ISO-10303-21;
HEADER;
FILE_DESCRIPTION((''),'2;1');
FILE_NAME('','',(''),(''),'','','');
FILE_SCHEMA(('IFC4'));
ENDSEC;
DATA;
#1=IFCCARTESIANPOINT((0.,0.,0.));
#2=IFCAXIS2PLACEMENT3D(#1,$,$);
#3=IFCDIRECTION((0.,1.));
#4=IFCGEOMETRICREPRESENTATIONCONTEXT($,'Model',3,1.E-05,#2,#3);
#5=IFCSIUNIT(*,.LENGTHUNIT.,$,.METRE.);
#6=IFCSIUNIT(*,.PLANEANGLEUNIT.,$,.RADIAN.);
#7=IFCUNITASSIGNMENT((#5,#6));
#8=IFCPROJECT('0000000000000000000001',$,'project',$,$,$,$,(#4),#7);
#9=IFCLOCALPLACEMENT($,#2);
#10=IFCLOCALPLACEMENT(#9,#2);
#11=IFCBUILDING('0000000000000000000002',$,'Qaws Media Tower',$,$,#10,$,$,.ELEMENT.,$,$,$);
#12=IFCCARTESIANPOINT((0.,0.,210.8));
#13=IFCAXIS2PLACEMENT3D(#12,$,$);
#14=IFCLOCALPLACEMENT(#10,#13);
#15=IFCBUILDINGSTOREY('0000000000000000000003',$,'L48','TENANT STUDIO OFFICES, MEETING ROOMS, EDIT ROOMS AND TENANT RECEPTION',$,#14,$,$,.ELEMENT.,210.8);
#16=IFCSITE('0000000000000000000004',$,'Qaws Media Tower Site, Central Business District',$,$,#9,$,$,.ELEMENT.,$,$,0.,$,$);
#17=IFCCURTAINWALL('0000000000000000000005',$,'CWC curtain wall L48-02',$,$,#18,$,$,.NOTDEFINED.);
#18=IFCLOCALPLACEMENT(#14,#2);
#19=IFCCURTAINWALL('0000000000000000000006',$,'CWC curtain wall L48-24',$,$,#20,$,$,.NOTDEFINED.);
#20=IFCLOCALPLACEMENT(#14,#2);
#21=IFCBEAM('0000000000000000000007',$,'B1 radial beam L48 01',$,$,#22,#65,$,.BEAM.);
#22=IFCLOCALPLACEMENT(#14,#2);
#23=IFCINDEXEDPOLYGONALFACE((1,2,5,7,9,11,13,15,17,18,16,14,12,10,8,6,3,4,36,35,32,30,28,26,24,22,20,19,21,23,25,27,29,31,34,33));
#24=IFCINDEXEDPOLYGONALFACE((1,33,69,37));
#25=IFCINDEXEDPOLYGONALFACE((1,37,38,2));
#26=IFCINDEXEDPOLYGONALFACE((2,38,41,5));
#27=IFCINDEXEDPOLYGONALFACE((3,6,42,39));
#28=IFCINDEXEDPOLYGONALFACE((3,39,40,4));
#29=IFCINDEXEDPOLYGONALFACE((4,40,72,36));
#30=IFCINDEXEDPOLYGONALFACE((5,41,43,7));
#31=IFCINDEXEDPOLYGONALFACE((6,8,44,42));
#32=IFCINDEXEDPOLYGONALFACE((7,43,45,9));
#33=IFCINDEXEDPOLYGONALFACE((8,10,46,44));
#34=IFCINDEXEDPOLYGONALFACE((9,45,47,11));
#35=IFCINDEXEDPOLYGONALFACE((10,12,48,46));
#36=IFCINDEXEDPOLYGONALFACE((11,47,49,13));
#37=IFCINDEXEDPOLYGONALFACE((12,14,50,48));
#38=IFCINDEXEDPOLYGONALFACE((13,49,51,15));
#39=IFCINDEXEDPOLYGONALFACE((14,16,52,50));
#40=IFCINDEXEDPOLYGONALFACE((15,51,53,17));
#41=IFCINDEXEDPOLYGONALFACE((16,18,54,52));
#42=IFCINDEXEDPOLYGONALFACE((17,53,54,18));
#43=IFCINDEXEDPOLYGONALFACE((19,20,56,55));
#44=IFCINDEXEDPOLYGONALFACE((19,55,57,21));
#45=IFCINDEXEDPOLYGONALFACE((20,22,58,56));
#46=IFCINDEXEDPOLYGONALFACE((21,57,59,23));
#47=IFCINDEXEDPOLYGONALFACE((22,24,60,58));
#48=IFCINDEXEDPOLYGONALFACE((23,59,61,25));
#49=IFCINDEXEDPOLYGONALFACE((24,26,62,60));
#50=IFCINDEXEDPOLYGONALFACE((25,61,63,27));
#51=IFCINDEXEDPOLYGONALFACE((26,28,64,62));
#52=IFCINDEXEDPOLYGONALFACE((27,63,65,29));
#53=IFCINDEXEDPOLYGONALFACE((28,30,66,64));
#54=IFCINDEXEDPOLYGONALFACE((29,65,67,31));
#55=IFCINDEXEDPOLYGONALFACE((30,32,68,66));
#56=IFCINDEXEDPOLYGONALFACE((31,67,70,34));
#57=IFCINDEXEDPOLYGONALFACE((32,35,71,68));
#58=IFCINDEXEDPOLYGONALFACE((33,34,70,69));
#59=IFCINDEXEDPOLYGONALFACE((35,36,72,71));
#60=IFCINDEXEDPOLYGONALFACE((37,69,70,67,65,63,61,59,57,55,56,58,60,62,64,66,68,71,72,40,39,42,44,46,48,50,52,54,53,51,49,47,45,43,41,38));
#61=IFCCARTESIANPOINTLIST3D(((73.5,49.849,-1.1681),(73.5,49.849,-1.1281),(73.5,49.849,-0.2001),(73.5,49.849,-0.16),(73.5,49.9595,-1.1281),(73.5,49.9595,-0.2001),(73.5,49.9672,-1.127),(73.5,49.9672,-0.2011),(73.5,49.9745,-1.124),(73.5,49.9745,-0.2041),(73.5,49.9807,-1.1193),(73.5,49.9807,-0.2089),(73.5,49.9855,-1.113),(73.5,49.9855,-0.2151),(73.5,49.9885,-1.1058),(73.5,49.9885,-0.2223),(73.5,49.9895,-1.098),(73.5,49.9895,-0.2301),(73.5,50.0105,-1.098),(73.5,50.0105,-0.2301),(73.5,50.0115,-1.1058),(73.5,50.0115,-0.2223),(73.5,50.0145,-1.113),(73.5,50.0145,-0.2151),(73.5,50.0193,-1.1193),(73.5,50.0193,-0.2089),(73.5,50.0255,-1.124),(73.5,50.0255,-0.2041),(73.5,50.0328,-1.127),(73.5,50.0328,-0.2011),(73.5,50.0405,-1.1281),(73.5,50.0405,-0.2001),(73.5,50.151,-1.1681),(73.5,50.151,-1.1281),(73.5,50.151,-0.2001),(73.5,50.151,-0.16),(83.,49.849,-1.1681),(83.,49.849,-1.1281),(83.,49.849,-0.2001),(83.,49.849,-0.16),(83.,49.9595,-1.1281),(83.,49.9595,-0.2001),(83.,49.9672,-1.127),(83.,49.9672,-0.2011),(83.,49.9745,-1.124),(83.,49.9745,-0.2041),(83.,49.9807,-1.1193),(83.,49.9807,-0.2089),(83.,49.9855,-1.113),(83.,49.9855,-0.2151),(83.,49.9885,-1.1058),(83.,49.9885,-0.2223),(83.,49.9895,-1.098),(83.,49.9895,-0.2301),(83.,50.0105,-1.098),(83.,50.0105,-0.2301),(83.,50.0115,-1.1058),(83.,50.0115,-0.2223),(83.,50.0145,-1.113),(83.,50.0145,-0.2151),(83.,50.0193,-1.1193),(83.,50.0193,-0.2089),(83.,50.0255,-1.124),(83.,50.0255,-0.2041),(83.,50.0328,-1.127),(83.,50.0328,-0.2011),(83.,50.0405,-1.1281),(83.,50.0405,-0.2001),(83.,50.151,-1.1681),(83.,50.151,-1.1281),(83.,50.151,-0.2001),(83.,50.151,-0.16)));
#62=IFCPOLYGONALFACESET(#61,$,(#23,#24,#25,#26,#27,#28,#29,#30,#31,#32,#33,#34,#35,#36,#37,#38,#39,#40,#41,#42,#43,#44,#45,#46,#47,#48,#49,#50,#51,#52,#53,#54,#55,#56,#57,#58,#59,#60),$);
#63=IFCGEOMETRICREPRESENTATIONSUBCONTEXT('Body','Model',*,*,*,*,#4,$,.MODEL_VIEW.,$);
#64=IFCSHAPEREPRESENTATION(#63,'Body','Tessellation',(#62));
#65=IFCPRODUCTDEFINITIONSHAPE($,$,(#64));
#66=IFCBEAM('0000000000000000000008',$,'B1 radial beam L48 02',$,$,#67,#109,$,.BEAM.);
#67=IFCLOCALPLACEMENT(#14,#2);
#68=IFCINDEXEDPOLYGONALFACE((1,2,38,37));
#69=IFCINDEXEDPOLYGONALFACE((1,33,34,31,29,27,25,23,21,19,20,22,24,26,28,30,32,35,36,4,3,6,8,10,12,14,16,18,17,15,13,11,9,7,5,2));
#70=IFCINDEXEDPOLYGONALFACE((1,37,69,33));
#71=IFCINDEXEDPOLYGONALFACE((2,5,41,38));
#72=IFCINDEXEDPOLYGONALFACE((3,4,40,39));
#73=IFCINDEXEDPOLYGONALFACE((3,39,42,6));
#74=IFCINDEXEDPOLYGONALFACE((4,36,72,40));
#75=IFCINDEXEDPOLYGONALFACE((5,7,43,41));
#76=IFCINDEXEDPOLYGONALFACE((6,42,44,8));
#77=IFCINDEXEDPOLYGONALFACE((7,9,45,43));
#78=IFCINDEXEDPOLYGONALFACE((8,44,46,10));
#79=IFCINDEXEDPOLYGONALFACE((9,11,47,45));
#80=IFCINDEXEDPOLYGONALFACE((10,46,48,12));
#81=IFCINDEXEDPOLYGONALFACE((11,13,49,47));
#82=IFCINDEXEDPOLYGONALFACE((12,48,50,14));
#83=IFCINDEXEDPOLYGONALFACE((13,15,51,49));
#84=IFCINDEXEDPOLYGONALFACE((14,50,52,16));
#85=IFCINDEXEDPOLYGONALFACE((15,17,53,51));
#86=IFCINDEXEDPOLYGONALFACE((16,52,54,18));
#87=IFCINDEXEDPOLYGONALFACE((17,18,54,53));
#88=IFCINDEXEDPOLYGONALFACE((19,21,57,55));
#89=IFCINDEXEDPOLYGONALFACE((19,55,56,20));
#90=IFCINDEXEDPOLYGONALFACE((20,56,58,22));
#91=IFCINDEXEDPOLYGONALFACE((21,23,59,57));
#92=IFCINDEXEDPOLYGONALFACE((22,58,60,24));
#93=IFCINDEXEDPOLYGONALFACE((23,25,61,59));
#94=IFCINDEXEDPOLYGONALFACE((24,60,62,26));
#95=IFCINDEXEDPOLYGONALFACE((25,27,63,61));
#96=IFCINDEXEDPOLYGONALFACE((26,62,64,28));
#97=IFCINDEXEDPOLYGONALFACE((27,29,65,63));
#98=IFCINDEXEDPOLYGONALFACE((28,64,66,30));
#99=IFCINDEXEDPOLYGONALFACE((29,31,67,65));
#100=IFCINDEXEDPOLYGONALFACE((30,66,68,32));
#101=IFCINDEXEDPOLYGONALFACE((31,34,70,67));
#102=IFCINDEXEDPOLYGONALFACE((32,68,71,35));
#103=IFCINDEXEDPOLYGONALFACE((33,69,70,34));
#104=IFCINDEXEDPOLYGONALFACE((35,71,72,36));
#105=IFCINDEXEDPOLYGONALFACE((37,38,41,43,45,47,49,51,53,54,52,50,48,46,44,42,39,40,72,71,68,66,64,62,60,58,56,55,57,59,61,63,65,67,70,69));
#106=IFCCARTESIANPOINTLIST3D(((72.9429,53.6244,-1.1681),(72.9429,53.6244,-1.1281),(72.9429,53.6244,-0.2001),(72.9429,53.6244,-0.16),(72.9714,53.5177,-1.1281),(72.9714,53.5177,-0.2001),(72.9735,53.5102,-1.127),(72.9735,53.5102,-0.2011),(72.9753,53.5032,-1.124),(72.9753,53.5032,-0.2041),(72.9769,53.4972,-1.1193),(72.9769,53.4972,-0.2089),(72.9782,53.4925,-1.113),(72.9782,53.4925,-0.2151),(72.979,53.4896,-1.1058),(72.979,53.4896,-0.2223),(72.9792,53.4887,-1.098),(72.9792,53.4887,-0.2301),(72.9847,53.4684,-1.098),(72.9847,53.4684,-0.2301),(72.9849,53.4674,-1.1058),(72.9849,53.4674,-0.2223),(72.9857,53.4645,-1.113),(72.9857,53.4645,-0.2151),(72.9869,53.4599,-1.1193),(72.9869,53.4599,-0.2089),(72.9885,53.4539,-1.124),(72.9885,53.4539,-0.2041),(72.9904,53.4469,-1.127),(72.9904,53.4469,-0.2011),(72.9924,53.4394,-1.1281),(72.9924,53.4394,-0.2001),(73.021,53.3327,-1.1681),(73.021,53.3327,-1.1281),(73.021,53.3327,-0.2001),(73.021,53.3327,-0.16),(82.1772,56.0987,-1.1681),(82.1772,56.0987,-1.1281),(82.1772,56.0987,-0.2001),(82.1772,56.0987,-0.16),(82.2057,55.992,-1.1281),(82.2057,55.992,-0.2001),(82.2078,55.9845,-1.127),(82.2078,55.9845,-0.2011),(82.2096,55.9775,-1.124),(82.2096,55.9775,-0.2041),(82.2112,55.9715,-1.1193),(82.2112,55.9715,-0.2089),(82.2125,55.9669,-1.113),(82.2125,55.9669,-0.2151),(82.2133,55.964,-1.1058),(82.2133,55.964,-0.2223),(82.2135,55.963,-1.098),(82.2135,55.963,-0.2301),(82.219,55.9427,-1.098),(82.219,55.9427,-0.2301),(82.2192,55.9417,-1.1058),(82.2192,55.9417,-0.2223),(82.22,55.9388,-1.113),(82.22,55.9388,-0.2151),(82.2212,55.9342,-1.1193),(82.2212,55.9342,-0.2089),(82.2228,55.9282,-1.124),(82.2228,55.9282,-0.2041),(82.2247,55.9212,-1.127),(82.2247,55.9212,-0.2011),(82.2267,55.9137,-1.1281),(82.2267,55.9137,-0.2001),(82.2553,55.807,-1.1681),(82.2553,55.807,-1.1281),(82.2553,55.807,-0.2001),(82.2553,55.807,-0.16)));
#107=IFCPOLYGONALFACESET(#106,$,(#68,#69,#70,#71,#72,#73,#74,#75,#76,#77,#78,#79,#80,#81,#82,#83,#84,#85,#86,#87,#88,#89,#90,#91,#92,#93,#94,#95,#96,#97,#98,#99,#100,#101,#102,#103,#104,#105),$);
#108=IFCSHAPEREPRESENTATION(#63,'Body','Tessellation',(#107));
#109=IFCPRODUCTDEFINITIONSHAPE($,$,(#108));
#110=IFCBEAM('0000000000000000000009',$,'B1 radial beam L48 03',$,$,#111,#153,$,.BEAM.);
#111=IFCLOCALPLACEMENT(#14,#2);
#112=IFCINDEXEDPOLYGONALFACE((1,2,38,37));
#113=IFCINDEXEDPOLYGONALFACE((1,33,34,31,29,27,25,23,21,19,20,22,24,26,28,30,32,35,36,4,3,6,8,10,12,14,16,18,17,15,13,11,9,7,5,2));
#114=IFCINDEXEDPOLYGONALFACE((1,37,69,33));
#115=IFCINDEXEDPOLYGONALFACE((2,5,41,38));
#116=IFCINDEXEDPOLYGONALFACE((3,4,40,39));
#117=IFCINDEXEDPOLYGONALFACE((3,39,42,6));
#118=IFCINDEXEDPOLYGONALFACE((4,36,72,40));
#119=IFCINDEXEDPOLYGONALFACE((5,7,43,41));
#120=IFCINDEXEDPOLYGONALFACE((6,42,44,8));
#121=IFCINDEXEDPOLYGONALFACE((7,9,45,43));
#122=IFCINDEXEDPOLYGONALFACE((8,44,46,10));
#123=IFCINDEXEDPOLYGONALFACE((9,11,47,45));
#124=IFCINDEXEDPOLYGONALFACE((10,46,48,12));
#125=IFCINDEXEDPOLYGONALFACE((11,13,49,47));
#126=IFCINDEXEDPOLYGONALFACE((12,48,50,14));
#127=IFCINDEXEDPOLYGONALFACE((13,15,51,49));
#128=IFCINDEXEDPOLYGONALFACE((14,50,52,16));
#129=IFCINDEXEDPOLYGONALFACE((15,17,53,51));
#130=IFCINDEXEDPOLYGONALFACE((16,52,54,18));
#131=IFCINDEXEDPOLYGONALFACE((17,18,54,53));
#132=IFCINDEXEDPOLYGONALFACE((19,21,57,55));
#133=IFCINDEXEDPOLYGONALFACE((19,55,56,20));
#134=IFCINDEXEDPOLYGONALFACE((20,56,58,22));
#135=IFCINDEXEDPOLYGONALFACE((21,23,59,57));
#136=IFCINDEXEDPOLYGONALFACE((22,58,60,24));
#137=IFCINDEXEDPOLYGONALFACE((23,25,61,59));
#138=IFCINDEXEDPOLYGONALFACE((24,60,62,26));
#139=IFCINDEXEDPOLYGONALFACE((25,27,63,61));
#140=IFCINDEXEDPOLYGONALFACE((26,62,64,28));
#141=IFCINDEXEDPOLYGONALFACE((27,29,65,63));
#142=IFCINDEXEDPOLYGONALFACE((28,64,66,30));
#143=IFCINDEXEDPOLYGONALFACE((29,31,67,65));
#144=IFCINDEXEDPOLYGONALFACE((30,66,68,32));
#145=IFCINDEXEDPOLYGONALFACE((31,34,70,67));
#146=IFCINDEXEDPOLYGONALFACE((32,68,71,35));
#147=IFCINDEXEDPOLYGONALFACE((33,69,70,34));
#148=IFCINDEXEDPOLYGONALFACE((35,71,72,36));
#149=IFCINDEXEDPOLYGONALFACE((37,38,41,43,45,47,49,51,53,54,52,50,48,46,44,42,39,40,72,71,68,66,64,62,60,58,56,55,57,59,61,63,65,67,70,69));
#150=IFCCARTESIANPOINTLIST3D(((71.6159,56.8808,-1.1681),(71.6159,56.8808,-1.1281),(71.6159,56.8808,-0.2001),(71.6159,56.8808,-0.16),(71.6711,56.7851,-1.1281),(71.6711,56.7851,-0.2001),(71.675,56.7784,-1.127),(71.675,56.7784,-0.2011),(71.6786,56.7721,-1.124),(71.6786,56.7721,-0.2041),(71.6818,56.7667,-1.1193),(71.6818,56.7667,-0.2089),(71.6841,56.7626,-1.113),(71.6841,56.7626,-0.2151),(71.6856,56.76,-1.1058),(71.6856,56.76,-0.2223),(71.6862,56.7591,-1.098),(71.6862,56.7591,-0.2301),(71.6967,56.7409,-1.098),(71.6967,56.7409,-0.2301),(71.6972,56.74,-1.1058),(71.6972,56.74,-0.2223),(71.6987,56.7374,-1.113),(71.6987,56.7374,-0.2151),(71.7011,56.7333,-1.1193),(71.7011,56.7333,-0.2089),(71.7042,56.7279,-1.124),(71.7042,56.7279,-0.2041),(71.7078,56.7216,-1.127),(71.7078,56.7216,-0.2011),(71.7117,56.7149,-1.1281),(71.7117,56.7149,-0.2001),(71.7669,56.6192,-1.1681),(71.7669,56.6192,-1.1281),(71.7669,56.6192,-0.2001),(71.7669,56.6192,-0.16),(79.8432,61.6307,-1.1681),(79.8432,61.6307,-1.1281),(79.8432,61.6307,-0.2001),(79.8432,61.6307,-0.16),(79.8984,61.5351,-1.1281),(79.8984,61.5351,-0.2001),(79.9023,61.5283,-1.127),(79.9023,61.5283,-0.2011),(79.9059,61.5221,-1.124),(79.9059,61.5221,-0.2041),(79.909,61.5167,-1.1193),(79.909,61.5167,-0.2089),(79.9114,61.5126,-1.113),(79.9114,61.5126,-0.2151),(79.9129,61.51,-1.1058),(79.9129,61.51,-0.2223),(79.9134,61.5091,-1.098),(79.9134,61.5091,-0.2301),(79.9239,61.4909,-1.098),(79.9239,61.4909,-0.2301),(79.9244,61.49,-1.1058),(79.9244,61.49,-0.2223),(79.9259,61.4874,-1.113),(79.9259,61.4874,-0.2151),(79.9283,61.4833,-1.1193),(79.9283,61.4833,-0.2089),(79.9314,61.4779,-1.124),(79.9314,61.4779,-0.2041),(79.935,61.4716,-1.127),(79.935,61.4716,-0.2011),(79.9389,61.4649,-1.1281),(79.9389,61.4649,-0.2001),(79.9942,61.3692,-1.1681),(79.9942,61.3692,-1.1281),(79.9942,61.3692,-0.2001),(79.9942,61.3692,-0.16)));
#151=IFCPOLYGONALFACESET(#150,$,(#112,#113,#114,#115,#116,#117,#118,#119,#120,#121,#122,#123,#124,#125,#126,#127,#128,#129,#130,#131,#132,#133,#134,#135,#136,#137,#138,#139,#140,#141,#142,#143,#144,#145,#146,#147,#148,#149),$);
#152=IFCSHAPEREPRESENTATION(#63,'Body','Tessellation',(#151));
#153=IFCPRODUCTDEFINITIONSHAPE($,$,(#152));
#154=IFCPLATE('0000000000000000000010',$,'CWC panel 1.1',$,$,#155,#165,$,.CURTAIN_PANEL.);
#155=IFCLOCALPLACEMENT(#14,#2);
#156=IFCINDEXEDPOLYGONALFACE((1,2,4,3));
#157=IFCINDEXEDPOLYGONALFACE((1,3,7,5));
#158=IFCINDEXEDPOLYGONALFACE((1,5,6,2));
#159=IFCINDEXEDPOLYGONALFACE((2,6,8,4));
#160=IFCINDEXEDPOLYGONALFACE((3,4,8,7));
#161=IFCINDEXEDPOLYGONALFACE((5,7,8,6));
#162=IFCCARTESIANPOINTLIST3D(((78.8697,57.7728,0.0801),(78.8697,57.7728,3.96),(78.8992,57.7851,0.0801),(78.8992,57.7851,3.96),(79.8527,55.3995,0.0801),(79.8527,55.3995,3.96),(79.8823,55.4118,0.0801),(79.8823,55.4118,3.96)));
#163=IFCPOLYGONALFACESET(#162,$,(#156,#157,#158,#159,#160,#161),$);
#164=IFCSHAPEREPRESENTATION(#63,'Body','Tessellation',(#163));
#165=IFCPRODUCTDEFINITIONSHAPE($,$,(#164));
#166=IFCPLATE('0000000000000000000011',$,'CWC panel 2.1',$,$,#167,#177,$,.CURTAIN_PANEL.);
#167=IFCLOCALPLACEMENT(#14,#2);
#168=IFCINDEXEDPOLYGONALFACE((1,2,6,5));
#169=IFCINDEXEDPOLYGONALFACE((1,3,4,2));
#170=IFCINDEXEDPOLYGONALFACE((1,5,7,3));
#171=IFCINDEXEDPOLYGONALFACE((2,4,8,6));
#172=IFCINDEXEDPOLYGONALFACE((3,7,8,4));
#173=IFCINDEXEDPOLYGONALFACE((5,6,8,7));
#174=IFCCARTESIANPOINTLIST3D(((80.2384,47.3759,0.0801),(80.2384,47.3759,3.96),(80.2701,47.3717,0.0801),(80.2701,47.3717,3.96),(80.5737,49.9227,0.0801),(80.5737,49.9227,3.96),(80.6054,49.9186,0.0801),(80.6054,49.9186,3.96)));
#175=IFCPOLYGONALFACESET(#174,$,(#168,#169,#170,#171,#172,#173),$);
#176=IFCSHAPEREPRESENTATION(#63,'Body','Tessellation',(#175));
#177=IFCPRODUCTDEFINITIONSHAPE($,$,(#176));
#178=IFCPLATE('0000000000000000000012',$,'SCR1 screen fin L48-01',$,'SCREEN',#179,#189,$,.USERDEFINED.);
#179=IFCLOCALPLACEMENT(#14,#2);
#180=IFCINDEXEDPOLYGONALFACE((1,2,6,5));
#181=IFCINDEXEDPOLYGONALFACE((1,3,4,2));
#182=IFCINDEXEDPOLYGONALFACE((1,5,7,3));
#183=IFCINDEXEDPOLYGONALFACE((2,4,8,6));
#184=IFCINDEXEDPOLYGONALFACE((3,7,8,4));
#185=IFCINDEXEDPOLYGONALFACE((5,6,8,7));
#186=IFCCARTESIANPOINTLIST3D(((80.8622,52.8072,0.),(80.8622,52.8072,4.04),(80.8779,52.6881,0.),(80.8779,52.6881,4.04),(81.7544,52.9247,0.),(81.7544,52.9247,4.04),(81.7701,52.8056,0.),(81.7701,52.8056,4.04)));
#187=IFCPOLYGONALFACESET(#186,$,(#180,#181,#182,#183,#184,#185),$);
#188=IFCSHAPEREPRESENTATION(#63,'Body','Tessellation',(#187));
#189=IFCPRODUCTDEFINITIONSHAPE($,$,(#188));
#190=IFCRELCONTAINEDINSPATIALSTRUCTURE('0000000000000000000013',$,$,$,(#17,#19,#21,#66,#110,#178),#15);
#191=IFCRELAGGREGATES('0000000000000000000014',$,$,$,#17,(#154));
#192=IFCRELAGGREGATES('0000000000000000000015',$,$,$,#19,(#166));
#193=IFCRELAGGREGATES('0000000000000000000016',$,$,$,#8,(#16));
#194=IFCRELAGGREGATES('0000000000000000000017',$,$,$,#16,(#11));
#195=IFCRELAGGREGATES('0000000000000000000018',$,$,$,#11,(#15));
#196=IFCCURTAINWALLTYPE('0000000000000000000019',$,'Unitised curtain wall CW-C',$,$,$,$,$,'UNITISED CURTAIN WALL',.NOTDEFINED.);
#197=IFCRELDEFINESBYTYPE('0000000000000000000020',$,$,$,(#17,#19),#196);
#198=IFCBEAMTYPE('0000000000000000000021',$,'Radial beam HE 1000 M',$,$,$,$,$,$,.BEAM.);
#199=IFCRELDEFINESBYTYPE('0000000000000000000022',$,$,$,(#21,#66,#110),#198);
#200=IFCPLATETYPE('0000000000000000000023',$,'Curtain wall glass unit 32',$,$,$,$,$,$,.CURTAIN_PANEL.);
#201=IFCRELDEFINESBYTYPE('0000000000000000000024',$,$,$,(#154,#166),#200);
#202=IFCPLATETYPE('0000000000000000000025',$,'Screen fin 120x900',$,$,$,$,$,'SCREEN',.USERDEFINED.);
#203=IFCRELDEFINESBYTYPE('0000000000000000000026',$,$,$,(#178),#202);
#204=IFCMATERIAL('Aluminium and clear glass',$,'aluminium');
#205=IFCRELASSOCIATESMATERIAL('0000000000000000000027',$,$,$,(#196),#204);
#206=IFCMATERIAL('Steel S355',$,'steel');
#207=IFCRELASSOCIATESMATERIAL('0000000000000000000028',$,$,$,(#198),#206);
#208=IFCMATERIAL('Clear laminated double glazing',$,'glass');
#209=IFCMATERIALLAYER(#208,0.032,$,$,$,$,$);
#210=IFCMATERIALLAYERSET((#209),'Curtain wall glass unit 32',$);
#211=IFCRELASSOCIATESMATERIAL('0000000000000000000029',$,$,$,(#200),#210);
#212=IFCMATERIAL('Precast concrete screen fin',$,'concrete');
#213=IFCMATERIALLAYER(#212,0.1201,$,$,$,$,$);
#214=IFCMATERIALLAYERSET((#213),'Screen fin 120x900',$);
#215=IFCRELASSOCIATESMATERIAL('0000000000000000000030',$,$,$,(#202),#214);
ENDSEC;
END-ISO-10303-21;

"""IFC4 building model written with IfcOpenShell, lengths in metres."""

from ifc_helpers import new_model, si_unit, direction, frame, origin, origin_2d, place, context, subcontext, project, spatial, rectangle, i_section, extrude, material, layer, layer_set, material_profile, profile_set, type_object, element, aggregate, save


model = new_model("IFC4")

# Units and contexts
model_context = context("Model", 3, precision=1e-05, world=origin(), true_north=direction((0.0, 1.0)))
body_context = subcontext(model_context, "Body", "Model", "MODEL_VIEW")
ifc_project = project(units=[si_unit("LENGTHUNIT", "METRE"), si_unit("PLANEANGLEUNIT", "RADIAN")], contexts=[model_context])

# Site, building, storey
site_placement = place(None, origin())
site = spatial("IfcSite", under=ifc_project, at=site_placement, Name="Qaws Media Tower Site, Central Business District", CompositionType="ELEMENT", RefElevation=0.0)
building_placement = place(site_placement, origin())
building = spatial("IfcBuilding", under=site, at=building_placement, Name="Qaws Media Tower", CompositionType="ELEMENT")
storey_placement = place(building_placement, frame((0.0, 0.0, 210.8)))
storey = spatial("IfcBuildingStorey", under=building, at=storey_placement, Name="L48", Description="TENANT STUDIO OFFICES, MEETING ROOMS, EDIT ROOMS AND TENANT RECEPTION", CompositionType="ELEMENT", Elevation=210.8)

# Curtain wall
ifc_material_1 = material(Name="Aluminium and clear glass", Category="aluminium")
curtain_wall_type = type_object("IfcCurtainWallType", Name="Unitised curtain wall CW-C", ElementType="UNITISED CURTAIN WALL", PredefinedType="NOTDEFINED", material=ifc_material_1)
curtain_wall_1_placement = place(storey_placement, origin())
curtain_wall_1 = element("IfcCurtainWall", 1, at=curtain_wall_1_placement, inside=storey, type_object=curtain_wall_type, Name="CWC curtain wall L48-02", PredefinedType="NOTDEFINED")

# Curtain wall
curtain_wall_2_placement = place(storey_placement, origin())
curtain_wall_2 = element("IfcCurtainWall", 2, at=curtain_wall_2_placement, inside=storey, type_object=curtain_wall_type, Name="CWC curtain wall L48-24", PredefinedType="NOTDEFINED")

# Beams
ifc_material_2 = material(Name="Steel S355", Category="steel")
ifc_material_profile_1 = material_profile(ifc_material_2, i_section(OverallWidth=0.302, OverallDepth=1.0081, WebThickness=0.021, FlangeThickness=0.04, FilletRadius=0.03, at=origin_2d()), Name="HE 1000 M")
ifc_profile_set_1 = profile_set([ifc_material_profile_1], Name="Steel S355")
beam_type_1 = type_object("IfcBeamType", Name="Radial beam HE 1000 M", PredefinedType="BEAM", material=ifc_profile_set_1)
beam_1_placement = place(storey_placement, frame((73.5, 50.0, -0.6641), z_axis=(1.0, 0.0, 0.0), x_axis=(0.0, 1.0, 0.0)))
element("IfcBeam", 3, at=beam_1_placement, inside=storey, type_object=beam_type_1, Name="B1 radial beam L48 01", PredefinedType="BEAM", context=body_context, shape_type="SweptSolid", body=[
    extrude(i_section(OverallWidth=0.302, OverallDepth=1.0081, WebThickness=0.021, FlangeThickness=0.04, FilletRadius=0.03, at=origin_2d()), origin(), (0.0, 0.0, 1.0), 9.5),
])
beam_2_placement = place(storey_placement, frame((72.9819, 53.4785, -0.6641), z_axis=(0.965925, 0.258821, 0.0), x_axis=(-0.258821, 0.965925, 0.0)))
element("IfcBeam", 4, at=beam_2_placement, inside=storey, type_object=beam_type_1, Name="B1 radial beam L48 02", PredefinedType="BEAM", context=body_context, shape_type="SweptSolid", body=[
    extrude(i_section(OverallWidth=0.302, OverallDepth=1.0081, WebThickness=0.021, FlangeThickness=0.04, FilletRadius=0.03, at=origin_2d()), origin(), (0.0, 0.0, 1.0), 9.5601),
])
beam_3_placement = place(storey_placement, frame((71.6914, 56.75, -0.6641), z_axis=(0.866027, 0.499998, 0.0), x_axis=(-0.499998, 0.866027, 0.0)))
element("IfcBeam", 5, at=beam_3_placement, inside=storey, type_object=beam_type_1, Name="B1 radial beam L48 03", PredefinedType="BEAM", context=body_context, shape_type="SweptSolid", body=[
    extrude(i_section(OverallWidth=0.302, OverallDepth=1.0081, WebThickness=0.021, FlangeThickness=0.04, FilletRadius=0.03, at=origin_2d()), origin(), (0.0, 0.0, 1.0), 9.5),
])

# Plates
ifc_material_3 = material(Name="Clear laminated double glazing", Category="glass")
ifc_layer_1 = layer(ifc_material_3, 0.032)
ifc_layer_set_1 = layer_set([ifc_layer_1], Name="Curtain wall glass unit 32")
plate_type_1 = type_object("IfcPlateType", Name="Curtain wall glass unit 32", PredefinedType="CURTAIN_PANEL", material=ifc_layer_set_1)
plate_1_placement = place(storey_placement, frame((79.376, 56.5923, 0.0801), z_axis=(0.0, 0.0, 1.0), x_axis=(-0.382683, 0.92388, 0.0)))
plate_1 = element("IfcPlate", 6, at=plate_1_placement, type_object=plate_type_1, Name="CWC panel 1.1", PredefinedType="CURTAIN_PANEL", context=body_context, shape_type="SweptSolid", body=[
    extrude(rectangle(XDim=2.5688, YDim=0.032, at=origin_2d()), origin(), (0.0, 0.0, 1.0), 3.8799),
])
aggregate(curtain_wall_1, [plate_1])
plate_2_placement = place(storey_placement, frame((80.4219, 48.6472, 0.0801), z_axis=(0.0, 0.0, 1.0), x_axis=(0.130526, 0.991445, 0.0)))
plate_2 = element("IfcPlate", 7, at=plate_2_placement, type_object=plate_type_1, Name="CWC panel 2.1", PredefinedType="CURTAIN_PANEL", context=body_context, shape_type="SweptSolid", body=[
    extrude(rectangle(XDim=2.5688, YDim=0.032, at=origin_2d()), origin(), (0.0, 0.0, 1.0), 3.8799),
])
aggregate(curtain_wall_2, [plate_2])
ifc_material_4 = material(Name="Precast concrete screen fin", Category="concrete")
ifc_layer_2 = layer(ifc_material_4, 0.1201)
ifc_layer_set_2 = layer_set([ifc_layer_2], Name="Screen fin 120x900")
plate_type_2 = type_object("IfcPlateType", Name="Screen fin 120x900", ElementType="SCREEN", PredefinedType="USERDEFINED", material=ifc_layer_set_2)
plate_3_placement = place(storey_placement, frame((81.3162, 52.8064, 0.0), z_axis=(0.0, 0.0, 1.0), x_axis=(0.991445, 0.130526, 0.0)))
element("IfcPlate", 8, at=plate_3_placement, inside=storey, type_object=plate_type_2, Name="SCR1 screen fin L48-01", ObjectType="SCREEN", PredefinedType="USERDEFINED", context=body_context, shape_type="SweptSolid", body=[
    extrude(rectangle(XDim=0.8999, YDim=0.1201, at=origin_2d()), origin(), (0.0, 0.0, 1.0), 4.04),
])

save(model, "model.ifc")
